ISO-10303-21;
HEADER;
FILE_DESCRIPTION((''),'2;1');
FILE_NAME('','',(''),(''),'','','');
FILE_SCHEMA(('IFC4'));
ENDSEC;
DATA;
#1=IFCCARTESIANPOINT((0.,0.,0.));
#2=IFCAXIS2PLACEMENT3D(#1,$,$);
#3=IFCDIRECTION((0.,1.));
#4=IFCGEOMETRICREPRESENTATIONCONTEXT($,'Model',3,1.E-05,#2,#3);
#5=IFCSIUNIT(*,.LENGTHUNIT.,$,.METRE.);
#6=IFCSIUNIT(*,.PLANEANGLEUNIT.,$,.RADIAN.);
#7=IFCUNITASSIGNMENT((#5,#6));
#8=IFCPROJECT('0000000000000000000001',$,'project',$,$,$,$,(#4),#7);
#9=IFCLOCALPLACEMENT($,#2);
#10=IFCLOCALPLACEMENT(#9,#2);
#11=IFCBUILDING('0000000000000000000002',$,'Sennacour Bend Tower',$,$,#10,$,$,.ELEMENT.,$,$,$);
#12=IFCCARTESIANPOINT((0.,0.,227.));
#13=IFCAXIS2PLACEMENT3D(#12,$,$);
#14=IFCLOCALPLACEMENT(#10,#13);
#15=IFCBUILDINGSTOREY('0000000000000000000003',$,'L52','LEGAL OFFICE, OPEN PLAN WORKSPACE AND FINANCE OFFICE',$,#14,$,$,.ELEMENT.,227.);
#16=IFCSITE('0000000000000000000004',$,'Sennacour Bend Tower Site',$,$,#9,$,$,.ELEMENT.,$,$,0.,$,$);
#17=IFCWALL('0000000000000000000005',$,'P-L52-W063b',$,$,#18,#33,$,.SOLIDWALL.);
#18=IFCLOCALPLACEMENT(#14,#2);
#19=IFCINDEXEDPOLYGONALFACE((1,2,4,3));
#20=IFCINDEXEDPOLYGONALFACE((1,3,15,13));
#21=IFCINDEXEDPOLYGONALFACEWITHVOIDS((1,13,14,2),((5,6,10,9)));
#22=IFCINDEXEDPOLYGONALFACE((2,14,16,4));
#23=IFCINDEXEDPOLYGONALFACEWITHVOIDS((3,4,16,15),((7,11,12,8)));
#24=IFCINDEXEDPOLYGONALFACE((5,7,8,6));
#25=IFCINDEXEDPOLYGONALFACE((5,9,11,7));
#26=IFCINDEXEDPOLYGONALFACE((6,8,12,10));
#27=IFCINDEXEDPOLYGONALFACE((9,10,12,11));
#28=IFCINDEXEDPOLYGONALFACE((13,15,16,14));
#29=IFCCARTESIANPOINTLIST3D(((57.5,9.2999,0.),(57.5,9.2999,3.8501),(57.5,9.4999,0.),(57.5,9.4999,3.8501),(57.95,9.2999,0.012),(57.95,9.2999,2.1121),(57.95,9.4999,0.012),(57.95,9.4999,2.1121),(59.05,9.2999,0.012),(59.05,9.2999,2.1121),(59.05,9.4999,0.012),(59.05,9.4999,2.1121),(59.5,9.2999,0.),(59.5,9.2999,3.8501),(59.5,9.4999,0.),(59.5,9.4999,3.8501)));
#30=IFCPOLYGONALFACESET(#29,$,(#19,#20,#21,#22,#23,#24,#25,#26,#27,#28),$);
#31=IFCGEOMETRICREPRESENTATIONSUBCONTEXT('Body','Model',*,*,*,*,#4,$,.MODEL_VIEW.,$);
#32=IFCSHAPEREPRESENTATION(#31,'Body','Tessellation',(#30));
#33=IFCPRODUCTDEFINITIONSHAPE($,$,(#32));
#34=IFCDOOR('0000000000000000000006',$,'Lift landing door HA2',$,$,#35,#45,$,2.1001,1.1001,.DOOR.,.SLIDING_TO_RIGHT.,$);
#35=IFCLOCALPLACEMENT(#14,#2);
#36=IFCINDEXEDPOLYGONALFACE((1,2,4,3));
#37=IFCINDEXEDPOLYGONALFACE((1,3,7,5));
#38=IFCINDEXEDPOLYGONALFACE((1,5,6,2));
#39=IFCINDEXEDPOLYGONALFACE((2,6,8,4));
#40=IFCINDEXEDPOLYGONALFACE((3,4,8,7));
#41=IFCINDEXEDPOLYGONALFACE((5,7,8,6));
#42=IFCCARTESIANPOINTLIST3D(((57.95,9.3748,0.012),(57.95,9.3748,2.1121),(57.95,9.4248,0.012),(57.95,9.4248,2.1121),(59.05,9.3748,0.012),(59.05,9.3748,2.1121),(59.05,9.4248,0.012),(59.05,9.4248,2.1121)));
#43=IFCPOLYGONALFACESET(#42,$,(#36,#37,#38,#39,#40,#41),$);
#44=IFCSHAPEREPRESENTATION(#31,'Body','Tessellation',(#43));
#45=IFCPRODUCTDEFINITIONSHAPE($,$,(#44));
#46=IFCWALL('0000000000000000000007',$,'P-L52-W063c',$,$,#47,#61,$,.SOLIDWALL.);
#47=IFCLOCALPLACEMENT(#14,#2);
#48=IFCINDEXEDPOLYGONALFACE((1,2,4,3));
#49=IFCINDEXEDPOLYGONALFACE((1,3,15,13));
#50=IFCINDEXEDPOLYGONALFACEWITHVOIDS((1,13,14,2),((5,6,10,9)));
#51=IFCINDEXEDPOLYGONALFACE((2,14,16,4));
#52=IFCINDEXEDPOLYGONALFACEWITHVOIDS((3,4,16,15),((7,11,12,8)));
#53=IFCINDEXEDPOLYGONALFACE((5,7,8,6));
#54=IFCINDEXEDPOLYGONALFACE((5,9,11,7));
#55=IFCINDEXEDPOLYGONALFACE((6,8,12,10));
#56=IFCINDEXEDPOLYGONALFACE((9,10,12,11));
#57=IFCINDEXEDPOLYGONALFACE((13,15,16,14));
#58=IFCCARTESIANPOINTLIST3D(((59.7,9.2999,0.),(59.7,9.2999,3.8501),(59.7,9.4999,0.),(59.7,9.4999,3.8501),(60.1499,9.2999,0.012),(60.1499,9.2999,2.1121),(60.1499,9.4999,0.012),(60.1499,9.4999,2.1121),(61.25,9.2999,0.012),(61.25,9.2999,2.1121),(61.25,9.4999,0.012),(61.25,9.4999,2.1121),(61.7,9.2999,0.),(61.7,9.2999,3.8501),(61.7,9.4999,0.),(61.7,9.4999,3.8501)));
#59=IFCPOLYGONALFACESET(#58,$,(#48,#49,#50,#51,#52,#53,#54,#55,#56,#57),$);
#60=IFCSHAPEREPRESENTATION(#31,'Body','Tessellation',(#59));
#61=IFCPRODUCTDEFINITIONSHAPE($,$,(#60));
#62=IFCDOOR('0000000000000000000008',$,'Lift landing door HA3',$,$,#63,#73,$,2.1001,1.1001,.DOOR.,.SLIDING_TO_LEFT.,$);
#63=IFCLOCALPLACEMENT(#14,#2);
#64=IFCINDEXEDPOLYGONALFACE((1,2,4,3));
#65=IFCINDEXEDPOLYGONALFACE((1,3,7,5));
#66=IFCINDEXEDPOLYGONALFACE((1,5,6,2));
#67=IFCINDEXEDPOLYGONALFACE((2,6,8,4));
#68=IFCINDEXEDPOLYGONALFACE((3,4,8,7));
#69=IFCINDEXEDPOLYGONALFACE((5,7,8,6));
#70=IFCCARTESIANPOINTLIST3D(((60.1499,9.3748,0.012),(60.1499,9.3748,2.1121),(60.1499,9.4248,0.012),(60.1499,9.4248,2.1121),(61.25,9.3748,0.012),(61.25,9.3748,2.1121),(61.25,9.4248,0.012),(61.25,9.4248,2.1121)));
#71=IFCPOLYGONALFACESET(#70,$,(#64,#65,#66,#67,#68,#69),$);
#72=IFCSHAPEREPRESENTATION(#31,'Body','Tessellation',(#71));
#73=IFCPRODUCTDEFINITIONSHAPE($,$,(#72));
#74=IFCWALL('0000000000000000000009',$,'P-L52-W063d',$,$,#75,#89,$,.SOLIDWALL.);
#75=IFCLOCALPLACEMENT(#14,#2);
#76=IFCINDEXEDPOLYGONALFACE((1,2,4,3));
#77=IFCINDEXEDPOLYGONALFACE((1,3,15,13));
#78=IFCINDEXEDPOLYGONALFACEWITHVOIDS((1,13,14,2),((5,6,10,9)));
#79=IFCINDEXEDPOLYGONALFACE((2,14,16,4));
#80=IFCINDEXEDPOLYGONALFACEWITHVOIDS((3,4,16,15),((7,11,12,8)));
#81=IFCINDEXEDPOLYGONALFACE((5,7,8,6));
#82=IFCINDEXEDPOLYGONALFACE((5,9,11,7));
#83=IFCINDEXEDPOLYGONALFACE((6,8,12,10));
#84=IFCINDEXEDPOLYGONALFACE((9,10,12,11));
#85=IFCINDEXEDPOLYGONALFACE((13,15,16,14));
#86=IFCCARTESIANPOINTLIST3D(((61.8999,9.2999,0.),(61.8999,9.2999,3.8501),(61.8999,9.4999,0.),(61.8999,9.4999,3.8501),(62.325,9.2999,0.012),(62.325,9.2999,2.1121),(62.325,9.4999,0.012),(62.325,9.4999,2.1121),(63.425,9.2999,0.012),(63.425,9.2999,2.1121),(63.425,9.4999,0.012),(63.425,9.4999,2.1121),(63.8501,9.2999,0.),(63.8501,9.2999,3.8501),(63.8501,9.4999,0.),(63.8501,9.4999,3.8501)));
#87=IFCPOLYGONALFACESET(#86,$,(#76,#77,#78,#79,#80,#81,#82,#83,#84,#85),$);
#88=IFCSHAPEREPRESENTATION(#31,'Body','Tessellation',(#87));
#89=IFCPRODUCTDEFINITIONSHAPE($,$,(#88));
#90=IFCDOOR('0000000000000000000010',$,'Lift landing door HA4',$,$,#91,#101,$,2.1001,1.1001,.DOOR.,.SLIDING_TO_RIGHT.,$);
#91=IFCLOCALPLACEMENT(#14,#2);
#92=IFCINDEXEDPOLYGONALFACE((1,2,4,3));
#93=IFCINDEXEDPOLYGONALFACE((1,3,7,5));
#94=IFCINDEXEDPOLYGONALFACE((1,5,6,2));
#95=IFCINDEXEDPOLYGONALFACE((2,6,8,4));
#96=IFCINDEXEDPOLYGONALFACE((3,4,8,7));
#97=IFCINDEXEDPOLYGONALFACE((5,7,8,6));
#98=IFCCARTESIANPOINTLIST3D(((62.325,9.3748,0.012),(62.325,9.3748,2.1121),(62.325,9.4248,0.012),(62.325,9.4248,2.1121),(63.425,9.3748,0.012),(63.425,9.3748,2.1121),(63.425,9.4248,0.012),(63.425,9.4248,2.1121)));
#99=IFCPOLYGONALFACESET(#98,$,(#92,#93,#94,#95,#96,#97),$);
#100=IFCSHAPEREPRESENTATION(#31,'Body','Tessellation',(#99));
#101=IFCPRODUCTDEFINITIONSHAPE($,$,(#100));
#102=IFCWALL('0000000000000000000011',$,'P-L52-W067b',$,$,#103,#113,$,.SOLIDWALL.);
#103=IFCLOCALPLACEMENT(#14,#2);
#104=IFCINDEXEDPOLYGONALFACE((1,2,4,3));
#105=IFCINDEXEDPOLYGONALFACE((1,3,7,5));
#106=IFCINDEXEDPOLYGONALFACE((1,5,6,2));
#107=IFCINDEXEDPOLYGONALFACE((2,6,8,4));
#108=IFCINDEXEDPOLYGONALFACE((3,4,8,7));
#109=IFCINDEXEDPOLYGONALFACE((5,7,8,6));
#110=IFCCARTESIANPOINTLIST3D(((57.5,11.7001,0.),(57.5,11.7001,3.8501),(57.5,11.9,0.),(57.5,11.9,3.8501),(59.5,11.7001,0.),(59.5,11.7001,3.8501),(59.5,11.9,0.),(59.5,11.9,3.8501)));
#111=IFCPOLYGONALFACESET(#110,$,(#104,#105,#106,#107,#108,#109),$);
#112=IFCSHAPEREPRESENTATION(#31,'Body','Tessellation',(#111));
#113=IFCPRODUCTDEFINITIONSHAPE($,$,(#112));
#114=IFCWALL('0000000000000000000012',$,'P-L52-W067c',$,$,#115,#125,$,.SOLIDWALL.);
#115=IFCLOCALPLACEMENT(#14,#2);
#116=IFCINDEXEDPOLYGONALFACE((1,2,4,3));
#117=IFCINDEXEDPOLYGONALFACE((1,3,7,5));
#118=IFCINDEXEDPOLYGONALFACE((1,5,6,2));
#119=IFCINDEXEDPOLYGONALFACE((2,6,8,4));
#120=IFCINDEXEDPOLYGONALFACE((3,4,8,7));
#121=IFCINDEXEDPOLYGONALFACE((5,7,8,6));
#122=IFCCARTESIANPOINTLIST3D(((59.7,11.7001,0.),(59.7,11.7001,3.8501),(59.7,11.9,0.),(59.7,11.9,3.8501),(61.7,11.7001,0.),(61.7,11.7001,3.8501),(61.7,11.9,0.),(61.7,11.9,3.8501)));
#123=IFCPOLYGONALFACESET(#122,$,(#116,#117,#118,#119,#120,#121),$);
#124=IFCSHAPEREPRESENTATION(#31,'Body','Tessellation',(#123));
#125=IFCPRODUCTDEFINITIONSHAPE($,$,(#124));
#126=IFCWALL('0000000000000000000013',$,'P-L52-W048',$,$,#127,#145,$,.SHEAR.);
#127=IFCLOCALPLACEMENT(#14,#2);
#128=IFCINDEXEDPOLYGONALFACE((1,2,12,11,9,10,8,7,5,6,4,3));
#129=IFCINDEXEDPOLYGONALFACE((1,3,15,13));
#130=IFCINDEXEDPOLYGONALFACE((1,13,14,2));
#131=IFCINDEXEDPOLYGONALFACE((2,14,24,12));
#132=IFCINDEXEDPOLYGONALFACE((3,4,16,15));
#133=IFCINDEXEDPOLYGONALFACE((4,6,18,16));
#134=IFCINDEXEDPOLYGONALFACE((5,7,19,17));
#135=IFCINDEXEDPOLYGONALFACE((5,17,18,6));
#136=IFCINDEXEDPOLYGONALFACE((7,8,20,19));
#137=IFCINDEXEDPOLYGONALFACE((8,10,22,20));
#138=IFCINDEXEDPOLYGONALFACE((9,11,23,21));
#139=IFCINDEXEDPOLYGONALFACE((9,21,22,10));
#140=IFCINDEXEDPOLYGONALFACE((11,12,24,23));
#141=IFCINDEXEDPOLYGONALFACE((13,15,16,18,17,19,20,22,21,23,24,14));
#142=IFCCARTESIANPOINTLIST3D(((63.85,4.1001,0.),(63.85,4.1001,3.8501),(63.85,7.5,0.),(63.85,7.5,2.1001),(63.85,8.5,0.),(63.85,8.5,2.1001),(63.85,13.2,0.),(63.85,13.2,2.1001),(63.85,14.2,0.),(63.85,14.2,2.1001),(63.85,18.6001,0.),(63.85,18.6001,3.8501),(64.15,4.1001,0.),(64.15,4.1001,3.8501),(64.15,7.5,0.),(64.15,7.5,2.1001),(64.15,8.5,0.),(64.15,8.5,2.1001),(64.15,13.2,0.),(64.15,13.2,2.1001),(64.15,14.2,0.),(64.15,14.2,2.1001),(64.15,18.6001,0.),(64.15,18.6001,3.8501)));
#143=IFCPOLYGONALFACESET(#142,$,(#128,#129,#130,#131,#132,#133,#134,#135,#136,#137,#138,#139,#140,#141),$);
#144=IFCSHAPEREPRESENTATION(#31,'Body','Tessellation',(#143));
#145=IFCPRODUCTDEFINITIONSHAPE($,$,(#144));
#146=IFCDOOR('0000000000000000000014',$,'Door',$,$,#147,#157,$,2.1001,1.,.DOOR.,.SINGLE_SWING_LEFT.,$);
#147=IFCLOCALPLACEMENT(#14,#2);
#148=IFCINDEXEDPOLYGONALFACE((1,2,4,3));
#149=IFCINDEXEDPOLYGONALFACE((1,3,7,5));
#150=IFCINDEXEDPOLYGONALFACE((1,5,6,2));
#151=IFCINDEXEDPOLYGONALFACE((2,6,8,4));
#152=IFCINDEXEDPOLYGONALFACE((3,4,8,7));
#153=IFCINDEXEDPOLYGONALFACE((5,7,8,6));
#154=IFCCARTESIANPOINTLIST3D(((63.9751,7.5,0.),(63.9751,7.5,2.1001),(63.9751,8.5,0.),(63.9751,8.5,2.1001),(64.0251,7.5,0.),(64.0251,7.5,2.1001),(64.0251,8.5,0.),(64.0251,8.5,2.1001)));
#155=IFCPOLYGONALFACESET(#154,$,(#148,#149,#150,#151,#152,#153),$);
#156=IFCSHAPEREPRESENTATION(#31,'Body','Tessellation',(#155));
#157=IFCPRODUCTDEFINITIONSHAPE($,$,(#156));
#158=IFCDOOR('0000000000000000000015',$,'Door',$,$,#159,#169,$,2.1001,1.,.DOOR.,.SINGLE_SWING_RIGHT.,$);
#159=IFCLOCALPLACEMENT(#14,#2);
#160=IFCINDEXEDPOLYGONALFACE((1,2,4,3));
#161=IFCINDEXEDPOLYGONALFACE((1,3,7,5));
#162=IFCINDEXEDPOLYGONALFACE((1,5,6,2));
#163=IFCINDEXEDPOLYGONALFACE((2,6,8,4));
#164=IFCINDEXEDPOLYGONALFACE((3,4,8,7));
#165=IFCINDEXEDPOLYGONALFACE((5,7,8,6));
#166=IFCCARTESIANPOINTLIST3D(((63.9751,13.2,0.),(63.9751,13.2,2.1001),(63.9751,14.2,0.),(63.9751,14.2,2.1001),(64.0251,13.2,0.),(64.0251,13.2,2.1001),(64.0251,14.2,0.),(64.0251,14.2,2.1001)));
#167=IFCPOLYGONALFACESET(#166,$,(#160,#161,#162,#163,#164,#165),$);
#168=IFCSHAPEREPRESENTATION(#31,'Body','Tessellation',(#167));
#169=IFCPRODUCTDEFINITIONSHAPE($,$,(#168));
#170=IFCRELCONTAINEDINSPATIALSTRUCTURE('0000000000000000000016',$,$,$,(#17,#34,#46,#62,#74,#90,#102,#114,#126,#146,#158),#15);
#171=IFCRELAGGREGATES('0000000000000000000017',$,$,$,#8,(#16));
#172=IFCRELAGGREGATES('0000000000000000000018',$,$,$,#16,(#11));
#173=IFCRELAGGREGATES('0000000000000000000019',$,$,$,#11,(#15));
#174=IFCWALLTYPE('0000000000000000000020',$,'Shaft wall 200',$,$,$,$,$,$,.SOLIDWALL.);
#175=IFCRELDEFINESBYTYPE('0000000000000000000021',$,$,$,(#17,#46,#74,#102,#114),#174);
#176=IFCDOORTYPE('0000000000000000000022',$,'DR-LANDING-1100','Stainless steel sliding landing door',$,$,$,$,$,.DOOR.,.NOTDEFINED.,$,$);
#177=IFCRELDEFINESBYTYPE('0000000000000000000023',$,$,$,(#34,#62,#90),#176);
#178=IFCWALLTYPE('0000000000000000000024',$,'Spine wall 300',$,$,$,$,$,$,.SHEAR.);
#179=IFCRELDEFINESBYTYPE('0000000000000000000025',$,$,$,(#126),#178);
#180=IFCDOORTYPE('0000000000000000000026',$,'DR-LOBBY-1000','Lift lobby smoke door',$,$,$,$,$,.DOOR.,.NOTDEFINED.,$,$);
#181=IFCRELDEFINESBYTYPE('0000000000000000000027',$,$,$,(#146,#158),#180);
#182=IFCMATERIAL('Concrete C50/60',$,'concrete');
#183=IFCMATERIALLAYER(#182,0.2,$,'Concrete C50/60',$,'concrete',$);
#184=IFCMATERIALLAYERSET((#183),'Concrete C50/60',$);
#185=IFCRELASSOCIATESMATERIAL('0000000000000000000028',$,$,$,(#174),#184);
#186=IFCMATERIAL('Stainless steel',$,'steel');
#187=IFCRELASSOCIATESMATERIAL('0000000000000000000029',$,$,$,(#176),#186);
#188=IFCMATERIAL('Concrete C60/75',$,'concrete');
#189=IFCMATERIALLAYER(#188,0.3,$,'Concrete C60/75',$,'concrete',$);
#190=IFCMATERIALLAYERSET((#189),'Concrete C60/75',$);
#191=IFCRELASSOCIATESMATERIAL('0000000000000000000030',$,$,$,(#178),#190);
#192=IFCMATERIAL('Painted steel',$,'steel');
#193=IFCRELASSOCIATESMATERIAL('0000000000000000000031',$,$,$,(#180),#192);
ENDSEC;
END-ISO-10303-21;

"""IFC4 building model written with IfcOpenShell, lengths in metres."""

from ifc_helpers import new_model, si_unit, direction, frame, frame_2d, origin, place, context, subcontext, project, spatial, rectangle, extrude, material, layer, layer_set, type_object, element, fill, save


model = new_model("IFC4")

# Units and contexts
model_context = context("Model", 3, precision=1e-05, world=origin(), true_north=direction((0.0, 1.0)))
body_context = subcontext(model_context, "Body", "Model", "MODEL_VIEW")
ifc_project = project(units=[si_unit("LENGTHUNIT", "METRE"), si_unit("PLANEANGLEUNIT", "RADIAN")], contexts=[model_context])

# Site, building, storey
site_placement = place(None, origin())
site = spatial("IfcSite", under=ifc_project, at=site_placement, Name="Sennacour Bend Tower Site", CompositionType="ELEMENT", RefElevation=0.0)
building_placement = place(site_placement, origin())
building = spatial("IfcBuilding", under=site, at=building_placement, Name="Sennacour Bend Tower", CompositionType="ELEMENT")
storey_placement = place(building_placement, frame((0.0, 0.0, 227.0)))
storey = spatial("IfcBuildingStorey", under=building, at=storey_placement, Name="L52", Description="LEGAL OFFICE, OPEN PLAN WORKSPACE AND FINANCE OFFICE", CompositionType="ELEMENT", Elevation=227.0)

# Shared definitions
ifc_material_1 = material(Name="Concrete C60/75", Category="concrete")

# Shared definitions
ifc_material_2 = material(Name="Painted steel", Category="steel")

# Shared definitions
ifc_material_3 = material(Name="Concrete C50/60", Category="concrete")
ifc_layer_1 = layer(ifc_material_3, 0.2, Name="Concrete C50/60", Category="concrete")
ifc_layer_set_1 = layer_set([ifc_layer_1], Name="Concrete C50/60")
wall_type_1 = type_object("IfcWallType", Name="Shaft wall 200", PredefinedType="SOLIDWALL", material=ifc_layer_set_1)

# Walls, openings, doors
wall_1_placement = place(storey_placement, frame((57.5, 9.3999, 0.0), z_axis=(0.0, 0.0, 1.0), x_axis=(1.0, 0.0, 0.0)))
wall_1 = element("IfcWall", 1, at=wall_1_placement, inside=storey, type_object=wall_type_1, Name="P-L52-W063b", PredefinedType="SOLIDWALL", context=body_context, shape_type="SweptSolid", body=[
    extrude(rectangle(XDim=2.0, YDim=0.2, at=frame_2d((1.0, 0.0))), origin(), (0.0, 0.0, 1.0), 3.8501),
])
opening_1_placement = place(wall_1_placement, frame((0.45, 0.0, 0.012)))
opening_1 = element("IfcOpeningElement", 2, at=opening_1_placement, cuts=wall_1, PredefinedType="OPENING", context=body_context, shape_type="SweptSolid", body=[
    extrude(rectangle(XDim=1.1001, YDim=2.1001, at=frame_2d((0.55, 1.05))), frame((0.0, 0.1099, 0.0), z_axis=(0.0, -1.0, 0.0), x_axis=(1.0, 0.0, 0.0)), (0.0, 0.0, 1.0), 0.22),
])
ifc_material_4 = material(Name="Stainless steel", Category="steel")
door_type_1 = type_object("IfcDoorType", Name="DR-LANDING-1100", Description="Stainless steel sliding landing door", OperationType="NOTDEFINED", PredefinedType="DOOR", material=ifc_material_4)
door_1_placement = place(opening_1_placement, origin())
door_1 = element("IfcDoor", 3, at=door_1_placement, inside=storey, type_object=door_type_1, Name="Lift landing door HA2", OperationType="SLIDING_TO_RIGHT", OverallHeight=2.1001, OverallWidth=1.1001, PredefinedType="DOOR", context=body_context, shape_type="SweptSolid", body=[
    extrude(rectangle(XDim=1.1001, YDim=2.1001, at=frame_2d((0.55, 1.05))), frame((0.0, 0.0249, 0.0), z_axis=(0.0, -1.0, 0.0), x_axis=(1.0, 0.0, 0.0)), (0.0, 0.0, 1.0), 0.05),
])
fill(opening_1, door_1)
wall_2_placement = place(storey_placement, frame((59.7, 9.3999, 0.0), z_axis=(0.0, 0.0, 1.0), x_axis=(1.0, 0.0, 0.0)))
wall_2 = element("IfcWall", 4, at=wall_2_placement, inside=storey, type_object=wall_type_1, Name="P-L52-W063c", PredefinedType="SOLIDWALL", context=body_context, shape_type="SweptSolid", body=[
    extrude(rectangle(XDim=2.0, YDim=0.2, at=frame_2d((1.0, 0.0))), origin(), (0.0, 0.0, 1.0), 3.8501),
])
opening_2_placement = place(wall_2_placement, frame((0.45, 0.0, 0.012)))
opening_2 = element("IfcOpeningElement", 5, at=opening_2_placement, cuts=wall_2, PredefinedType="OPENING", context=body_context, shape_type="SweptSolid", body=[
    extrude(rectangle(XDim=1.1001, YDim=2.1001, at=frame_2d((0.55, 1.05))), frame((0.0, 0.1099, 0.0), z_axis=(0.0, -1.0, 0.0), x_axis=(1.0, 0.0, 0.0)), (0.0, 0.0, 1.0), 0.22),
])
door_2_placement = place(opening_2_placement, origin())
door_2 = element("IfcDoor", 6, at=door_2_placement, inside=storey, type_object=door_type_1, Name="Lift landing door HA3", OperationType="SLIDING_TO_LEFT", OverallHeight=2.1001, OverallWidth=1.1001, PredefinedType="DOOR", context=body_context, shape_type="SweptSolid", body=[
    extrude(rectangle(XDim=1.1001, YDim=2.1001, at=frame_2d((0.55, 1.05))), frame((0.0, 0.0249, 0.0), z_axis=(0.0, -1.0, 0.0), x_axis=(1.0, 0.0, 0.0)), (0.0, 0.0, 1.0), 0.05),
])
fill(opening_2, door_2)
wall_3_placement = place(storey_placement, frame((61.8999, 9.3999, 0.0), z_axis=(0.0, 0.0, 1.0), x_axis=(1.0, 0.0, 0.0)))
wall_3 = element("IfcWall", 7, at=wall_3_placement, inside=storey, type_object=wall_type_1, Name="P-L52-W063d", PredefinedType="SOLIDWALL", context=body_context, shape_type="SweptSolid", body=[
    extrude(rectangle(XDim=1.9502, YDim=0.2, at=frame_2d((0.9751, 0.0))), origin(), (0.0, 0.0, 1.0), 3.8501),
])
opening_3_placement = place(wall_3_placement, frame((0.425, 0.0, 0.012)))
opening_3 = element("IfcOpeningElement", 8, at=opening_3_placement, cuts=wall_3, PredefinedType="OPENING", context=body_context, shape_type="SweptSolid", body=[
    extrude(rectangle(XDim=1.1001, YDim=2.1001, at=frame_2d((0.55, 1.05))), frame((0.0, 0.1099, 0.0), z_axis=(0.0, -1.0, 0.0), x_axis=(1.0, 0.0, 0.0)), (0.0, 0.0, 1.0), 0.22),
])
door_3_placement = place(opening_3_placement, origin())
door_3 = element("IfcDoor", 9, at=door_3_placement, inside=storey, type_object=door_type_1, Name="Lift landing door HA4", OperationType="SLIDING_TO_RIGHT", OverallHeight=2.1001, OverallWidth=1.1001, PredefinedType="DOOR", context=body_context, shape_type="SweptSolid", body=[
    extrude(rectangle(XDim=1.1001, YDim=2.1001, at=frame_2d((0.55, 1.05))), frame((0.0, 0.0249, 0.0), z_axis=(0.0, -1.0, 0.0), x_axis=(1.0, 0.0, 0.0)), (0.0, 0.0, 1.0), 0.05),
])
fill(opening_3, door_3)

# Walls
for number, where, z_axis, x_axis, name in (
    (10, (57.5, 11.8, 0.0), (0.0, 0.0, 1.0), (1.0, 0.0, 0.0), "P-L52-W067b"),
    (11, (59.7, 11.8, 0.0), (0.0, 0.0, 1.0), (1.0, 0.0, 0.0), "P-L52-W067c"),
):
    element("IfcWall", number, at=place(storey_placement, frame(where, z_axis=z_axis, x_axis=x_axis)), inside=storey, type_object=wall_type_1, Name=name, PredefinedType="SOLIDWALL", context=body_context, shape_type="SweptSolid", body=[
        extrude(rectangle(XDim=2.0, YDim=0.2, at=frame_2d((1.0, 0.0))), origin(), (0.0, 0.0, 1.0), 3.8501),
    ])

# Wall, openings, doors
ifc_layer_2 = layer(ifc_material_1, 0.3, Name="Concrete C60/75", Category="concrete")
ifc_layer_set_2 = layer_set([ifc_layer_2], Name="Concrete C60/75")
wall_type_2 = type_object("IfcWallType", Name="Spine wall 300", PredefinedType="SHEAR", material=ifc_layer_set_2)
wall_4_placement = place(storey_placement, frame((64.0, 4.1001, 0.0), z_axis=(0.0, 0.0, 1.0), x_axis=(0.0, 1.0, 0.0)))
wall_4 = element("IfcWall", 12, at=wall_4_placement, inside=storey, type_object=wall_type_2, Name="P-L52-W048", PredefinedType="SHEAR", context=body_context, shape_type="SweptSolid", body=[
    extrude(rectangle(XDim=14.5, YDim=0.3, at=frame_2d((7.25, 0.0))), origin(), (0.0, 0.0, 1.0), 3.8501),
])
opening_4_placement = place(wall_4_placement, frame((3.3999, 0.0, 0.0)))
opening_4 = element("IfcOpeningElement", 13, at=opening_4_placement, cuts=wall_4, PredefinedType="OPENING", context=body_context, shape_type="SweptSolid", body=[
    extrude(rectangle(XDim=1.0, YDim=2.1001, at=frame_2d((0.5, 1.05))), frame((0.0, 0.1602, 0.0), z_axis=(0.0, -1.0, 0.0), x_axis=(1.0, 0.0, 0.0)), (0.0, 0.0, 1.0), 0.3201),
])
opening_5_placement = place(wall_4_placement, frame((9.0999, 0.0, 0.0)))
opening_5 = element("IfcOpeningElement", 14, at=opening_5_placement, cuts=wall_4, PredefinedType="OPENING", context=body_context, shape_type="SweptSolid", body=[
    extrude(rectangle(XDim=1.0, YDim=2.1001, at=frame_2d((0.5, 1.05))), frame((0.0, 0.1602, 0.0), z_axis=(0.0, -1.0, 0.0), x_axis=(1.0, 0.0, 0.0)), (0.0, 0.0, 1.0), 0.3201),
])
door_type_2 = type_object("IfcDoorType", Name="DR-LOBBY-1000", Description="Lift lobby smoke door", OperationType="NOTDEFINED", PredefinedType="DOOR", material=ifc_material_2)
door_4_placement = place(opening_4_placement, origin())
door_4 = element("IfcDoor", 15, at=door_4_placement, inside=storey, type_object=door_type_2, Name="Door", OperationType="SINGLE_SWING_LEFT", OverallHeight=2.1001, OverallWidth=1.0, PredefinedType="DOOR", context=body_context, shape_type="SweptSolid", body=[
    extrude(rectangle(XDim=1.0, YDim=2.1001, at=frame_2d((0.5, 1.05))), frame((0.0, 0.0249, 0.0), z_axis=(0.0, -1.0, 0.0), x_axis=(1.0, 0.0, 0.0)), (0.0, 0.0, 1.0), 0.05),
])
fill(opening_4, door_4)
door_5_placement = place(opening_5_placement, origin())
door_5 = element("IfcDoor", 16, at=door_5_placement, inside=storey, type_object=door_type_2, Name="Door", OperationType="SINGLE_SWING_RIGHT", OverallHeight=2.1001, OverallWidth=1.0, PredefinedType="DOOR", context=body_context, shape_type="SweptSolid", body=[
    extrude(rectangle(XDim=1.0, YDim=2.1001, at=frame_2d((0.5, 1.05))), frame((0.0, 0.0249, 0.0), z_axis=(0.0, -1.0, 0.0), x_axis=(1.0, 0.0, 0.0)), (0.0, 0.0, 1.0), 0.05),
])
fill(opening_5, door_5)

save(model, "model.ifc")
